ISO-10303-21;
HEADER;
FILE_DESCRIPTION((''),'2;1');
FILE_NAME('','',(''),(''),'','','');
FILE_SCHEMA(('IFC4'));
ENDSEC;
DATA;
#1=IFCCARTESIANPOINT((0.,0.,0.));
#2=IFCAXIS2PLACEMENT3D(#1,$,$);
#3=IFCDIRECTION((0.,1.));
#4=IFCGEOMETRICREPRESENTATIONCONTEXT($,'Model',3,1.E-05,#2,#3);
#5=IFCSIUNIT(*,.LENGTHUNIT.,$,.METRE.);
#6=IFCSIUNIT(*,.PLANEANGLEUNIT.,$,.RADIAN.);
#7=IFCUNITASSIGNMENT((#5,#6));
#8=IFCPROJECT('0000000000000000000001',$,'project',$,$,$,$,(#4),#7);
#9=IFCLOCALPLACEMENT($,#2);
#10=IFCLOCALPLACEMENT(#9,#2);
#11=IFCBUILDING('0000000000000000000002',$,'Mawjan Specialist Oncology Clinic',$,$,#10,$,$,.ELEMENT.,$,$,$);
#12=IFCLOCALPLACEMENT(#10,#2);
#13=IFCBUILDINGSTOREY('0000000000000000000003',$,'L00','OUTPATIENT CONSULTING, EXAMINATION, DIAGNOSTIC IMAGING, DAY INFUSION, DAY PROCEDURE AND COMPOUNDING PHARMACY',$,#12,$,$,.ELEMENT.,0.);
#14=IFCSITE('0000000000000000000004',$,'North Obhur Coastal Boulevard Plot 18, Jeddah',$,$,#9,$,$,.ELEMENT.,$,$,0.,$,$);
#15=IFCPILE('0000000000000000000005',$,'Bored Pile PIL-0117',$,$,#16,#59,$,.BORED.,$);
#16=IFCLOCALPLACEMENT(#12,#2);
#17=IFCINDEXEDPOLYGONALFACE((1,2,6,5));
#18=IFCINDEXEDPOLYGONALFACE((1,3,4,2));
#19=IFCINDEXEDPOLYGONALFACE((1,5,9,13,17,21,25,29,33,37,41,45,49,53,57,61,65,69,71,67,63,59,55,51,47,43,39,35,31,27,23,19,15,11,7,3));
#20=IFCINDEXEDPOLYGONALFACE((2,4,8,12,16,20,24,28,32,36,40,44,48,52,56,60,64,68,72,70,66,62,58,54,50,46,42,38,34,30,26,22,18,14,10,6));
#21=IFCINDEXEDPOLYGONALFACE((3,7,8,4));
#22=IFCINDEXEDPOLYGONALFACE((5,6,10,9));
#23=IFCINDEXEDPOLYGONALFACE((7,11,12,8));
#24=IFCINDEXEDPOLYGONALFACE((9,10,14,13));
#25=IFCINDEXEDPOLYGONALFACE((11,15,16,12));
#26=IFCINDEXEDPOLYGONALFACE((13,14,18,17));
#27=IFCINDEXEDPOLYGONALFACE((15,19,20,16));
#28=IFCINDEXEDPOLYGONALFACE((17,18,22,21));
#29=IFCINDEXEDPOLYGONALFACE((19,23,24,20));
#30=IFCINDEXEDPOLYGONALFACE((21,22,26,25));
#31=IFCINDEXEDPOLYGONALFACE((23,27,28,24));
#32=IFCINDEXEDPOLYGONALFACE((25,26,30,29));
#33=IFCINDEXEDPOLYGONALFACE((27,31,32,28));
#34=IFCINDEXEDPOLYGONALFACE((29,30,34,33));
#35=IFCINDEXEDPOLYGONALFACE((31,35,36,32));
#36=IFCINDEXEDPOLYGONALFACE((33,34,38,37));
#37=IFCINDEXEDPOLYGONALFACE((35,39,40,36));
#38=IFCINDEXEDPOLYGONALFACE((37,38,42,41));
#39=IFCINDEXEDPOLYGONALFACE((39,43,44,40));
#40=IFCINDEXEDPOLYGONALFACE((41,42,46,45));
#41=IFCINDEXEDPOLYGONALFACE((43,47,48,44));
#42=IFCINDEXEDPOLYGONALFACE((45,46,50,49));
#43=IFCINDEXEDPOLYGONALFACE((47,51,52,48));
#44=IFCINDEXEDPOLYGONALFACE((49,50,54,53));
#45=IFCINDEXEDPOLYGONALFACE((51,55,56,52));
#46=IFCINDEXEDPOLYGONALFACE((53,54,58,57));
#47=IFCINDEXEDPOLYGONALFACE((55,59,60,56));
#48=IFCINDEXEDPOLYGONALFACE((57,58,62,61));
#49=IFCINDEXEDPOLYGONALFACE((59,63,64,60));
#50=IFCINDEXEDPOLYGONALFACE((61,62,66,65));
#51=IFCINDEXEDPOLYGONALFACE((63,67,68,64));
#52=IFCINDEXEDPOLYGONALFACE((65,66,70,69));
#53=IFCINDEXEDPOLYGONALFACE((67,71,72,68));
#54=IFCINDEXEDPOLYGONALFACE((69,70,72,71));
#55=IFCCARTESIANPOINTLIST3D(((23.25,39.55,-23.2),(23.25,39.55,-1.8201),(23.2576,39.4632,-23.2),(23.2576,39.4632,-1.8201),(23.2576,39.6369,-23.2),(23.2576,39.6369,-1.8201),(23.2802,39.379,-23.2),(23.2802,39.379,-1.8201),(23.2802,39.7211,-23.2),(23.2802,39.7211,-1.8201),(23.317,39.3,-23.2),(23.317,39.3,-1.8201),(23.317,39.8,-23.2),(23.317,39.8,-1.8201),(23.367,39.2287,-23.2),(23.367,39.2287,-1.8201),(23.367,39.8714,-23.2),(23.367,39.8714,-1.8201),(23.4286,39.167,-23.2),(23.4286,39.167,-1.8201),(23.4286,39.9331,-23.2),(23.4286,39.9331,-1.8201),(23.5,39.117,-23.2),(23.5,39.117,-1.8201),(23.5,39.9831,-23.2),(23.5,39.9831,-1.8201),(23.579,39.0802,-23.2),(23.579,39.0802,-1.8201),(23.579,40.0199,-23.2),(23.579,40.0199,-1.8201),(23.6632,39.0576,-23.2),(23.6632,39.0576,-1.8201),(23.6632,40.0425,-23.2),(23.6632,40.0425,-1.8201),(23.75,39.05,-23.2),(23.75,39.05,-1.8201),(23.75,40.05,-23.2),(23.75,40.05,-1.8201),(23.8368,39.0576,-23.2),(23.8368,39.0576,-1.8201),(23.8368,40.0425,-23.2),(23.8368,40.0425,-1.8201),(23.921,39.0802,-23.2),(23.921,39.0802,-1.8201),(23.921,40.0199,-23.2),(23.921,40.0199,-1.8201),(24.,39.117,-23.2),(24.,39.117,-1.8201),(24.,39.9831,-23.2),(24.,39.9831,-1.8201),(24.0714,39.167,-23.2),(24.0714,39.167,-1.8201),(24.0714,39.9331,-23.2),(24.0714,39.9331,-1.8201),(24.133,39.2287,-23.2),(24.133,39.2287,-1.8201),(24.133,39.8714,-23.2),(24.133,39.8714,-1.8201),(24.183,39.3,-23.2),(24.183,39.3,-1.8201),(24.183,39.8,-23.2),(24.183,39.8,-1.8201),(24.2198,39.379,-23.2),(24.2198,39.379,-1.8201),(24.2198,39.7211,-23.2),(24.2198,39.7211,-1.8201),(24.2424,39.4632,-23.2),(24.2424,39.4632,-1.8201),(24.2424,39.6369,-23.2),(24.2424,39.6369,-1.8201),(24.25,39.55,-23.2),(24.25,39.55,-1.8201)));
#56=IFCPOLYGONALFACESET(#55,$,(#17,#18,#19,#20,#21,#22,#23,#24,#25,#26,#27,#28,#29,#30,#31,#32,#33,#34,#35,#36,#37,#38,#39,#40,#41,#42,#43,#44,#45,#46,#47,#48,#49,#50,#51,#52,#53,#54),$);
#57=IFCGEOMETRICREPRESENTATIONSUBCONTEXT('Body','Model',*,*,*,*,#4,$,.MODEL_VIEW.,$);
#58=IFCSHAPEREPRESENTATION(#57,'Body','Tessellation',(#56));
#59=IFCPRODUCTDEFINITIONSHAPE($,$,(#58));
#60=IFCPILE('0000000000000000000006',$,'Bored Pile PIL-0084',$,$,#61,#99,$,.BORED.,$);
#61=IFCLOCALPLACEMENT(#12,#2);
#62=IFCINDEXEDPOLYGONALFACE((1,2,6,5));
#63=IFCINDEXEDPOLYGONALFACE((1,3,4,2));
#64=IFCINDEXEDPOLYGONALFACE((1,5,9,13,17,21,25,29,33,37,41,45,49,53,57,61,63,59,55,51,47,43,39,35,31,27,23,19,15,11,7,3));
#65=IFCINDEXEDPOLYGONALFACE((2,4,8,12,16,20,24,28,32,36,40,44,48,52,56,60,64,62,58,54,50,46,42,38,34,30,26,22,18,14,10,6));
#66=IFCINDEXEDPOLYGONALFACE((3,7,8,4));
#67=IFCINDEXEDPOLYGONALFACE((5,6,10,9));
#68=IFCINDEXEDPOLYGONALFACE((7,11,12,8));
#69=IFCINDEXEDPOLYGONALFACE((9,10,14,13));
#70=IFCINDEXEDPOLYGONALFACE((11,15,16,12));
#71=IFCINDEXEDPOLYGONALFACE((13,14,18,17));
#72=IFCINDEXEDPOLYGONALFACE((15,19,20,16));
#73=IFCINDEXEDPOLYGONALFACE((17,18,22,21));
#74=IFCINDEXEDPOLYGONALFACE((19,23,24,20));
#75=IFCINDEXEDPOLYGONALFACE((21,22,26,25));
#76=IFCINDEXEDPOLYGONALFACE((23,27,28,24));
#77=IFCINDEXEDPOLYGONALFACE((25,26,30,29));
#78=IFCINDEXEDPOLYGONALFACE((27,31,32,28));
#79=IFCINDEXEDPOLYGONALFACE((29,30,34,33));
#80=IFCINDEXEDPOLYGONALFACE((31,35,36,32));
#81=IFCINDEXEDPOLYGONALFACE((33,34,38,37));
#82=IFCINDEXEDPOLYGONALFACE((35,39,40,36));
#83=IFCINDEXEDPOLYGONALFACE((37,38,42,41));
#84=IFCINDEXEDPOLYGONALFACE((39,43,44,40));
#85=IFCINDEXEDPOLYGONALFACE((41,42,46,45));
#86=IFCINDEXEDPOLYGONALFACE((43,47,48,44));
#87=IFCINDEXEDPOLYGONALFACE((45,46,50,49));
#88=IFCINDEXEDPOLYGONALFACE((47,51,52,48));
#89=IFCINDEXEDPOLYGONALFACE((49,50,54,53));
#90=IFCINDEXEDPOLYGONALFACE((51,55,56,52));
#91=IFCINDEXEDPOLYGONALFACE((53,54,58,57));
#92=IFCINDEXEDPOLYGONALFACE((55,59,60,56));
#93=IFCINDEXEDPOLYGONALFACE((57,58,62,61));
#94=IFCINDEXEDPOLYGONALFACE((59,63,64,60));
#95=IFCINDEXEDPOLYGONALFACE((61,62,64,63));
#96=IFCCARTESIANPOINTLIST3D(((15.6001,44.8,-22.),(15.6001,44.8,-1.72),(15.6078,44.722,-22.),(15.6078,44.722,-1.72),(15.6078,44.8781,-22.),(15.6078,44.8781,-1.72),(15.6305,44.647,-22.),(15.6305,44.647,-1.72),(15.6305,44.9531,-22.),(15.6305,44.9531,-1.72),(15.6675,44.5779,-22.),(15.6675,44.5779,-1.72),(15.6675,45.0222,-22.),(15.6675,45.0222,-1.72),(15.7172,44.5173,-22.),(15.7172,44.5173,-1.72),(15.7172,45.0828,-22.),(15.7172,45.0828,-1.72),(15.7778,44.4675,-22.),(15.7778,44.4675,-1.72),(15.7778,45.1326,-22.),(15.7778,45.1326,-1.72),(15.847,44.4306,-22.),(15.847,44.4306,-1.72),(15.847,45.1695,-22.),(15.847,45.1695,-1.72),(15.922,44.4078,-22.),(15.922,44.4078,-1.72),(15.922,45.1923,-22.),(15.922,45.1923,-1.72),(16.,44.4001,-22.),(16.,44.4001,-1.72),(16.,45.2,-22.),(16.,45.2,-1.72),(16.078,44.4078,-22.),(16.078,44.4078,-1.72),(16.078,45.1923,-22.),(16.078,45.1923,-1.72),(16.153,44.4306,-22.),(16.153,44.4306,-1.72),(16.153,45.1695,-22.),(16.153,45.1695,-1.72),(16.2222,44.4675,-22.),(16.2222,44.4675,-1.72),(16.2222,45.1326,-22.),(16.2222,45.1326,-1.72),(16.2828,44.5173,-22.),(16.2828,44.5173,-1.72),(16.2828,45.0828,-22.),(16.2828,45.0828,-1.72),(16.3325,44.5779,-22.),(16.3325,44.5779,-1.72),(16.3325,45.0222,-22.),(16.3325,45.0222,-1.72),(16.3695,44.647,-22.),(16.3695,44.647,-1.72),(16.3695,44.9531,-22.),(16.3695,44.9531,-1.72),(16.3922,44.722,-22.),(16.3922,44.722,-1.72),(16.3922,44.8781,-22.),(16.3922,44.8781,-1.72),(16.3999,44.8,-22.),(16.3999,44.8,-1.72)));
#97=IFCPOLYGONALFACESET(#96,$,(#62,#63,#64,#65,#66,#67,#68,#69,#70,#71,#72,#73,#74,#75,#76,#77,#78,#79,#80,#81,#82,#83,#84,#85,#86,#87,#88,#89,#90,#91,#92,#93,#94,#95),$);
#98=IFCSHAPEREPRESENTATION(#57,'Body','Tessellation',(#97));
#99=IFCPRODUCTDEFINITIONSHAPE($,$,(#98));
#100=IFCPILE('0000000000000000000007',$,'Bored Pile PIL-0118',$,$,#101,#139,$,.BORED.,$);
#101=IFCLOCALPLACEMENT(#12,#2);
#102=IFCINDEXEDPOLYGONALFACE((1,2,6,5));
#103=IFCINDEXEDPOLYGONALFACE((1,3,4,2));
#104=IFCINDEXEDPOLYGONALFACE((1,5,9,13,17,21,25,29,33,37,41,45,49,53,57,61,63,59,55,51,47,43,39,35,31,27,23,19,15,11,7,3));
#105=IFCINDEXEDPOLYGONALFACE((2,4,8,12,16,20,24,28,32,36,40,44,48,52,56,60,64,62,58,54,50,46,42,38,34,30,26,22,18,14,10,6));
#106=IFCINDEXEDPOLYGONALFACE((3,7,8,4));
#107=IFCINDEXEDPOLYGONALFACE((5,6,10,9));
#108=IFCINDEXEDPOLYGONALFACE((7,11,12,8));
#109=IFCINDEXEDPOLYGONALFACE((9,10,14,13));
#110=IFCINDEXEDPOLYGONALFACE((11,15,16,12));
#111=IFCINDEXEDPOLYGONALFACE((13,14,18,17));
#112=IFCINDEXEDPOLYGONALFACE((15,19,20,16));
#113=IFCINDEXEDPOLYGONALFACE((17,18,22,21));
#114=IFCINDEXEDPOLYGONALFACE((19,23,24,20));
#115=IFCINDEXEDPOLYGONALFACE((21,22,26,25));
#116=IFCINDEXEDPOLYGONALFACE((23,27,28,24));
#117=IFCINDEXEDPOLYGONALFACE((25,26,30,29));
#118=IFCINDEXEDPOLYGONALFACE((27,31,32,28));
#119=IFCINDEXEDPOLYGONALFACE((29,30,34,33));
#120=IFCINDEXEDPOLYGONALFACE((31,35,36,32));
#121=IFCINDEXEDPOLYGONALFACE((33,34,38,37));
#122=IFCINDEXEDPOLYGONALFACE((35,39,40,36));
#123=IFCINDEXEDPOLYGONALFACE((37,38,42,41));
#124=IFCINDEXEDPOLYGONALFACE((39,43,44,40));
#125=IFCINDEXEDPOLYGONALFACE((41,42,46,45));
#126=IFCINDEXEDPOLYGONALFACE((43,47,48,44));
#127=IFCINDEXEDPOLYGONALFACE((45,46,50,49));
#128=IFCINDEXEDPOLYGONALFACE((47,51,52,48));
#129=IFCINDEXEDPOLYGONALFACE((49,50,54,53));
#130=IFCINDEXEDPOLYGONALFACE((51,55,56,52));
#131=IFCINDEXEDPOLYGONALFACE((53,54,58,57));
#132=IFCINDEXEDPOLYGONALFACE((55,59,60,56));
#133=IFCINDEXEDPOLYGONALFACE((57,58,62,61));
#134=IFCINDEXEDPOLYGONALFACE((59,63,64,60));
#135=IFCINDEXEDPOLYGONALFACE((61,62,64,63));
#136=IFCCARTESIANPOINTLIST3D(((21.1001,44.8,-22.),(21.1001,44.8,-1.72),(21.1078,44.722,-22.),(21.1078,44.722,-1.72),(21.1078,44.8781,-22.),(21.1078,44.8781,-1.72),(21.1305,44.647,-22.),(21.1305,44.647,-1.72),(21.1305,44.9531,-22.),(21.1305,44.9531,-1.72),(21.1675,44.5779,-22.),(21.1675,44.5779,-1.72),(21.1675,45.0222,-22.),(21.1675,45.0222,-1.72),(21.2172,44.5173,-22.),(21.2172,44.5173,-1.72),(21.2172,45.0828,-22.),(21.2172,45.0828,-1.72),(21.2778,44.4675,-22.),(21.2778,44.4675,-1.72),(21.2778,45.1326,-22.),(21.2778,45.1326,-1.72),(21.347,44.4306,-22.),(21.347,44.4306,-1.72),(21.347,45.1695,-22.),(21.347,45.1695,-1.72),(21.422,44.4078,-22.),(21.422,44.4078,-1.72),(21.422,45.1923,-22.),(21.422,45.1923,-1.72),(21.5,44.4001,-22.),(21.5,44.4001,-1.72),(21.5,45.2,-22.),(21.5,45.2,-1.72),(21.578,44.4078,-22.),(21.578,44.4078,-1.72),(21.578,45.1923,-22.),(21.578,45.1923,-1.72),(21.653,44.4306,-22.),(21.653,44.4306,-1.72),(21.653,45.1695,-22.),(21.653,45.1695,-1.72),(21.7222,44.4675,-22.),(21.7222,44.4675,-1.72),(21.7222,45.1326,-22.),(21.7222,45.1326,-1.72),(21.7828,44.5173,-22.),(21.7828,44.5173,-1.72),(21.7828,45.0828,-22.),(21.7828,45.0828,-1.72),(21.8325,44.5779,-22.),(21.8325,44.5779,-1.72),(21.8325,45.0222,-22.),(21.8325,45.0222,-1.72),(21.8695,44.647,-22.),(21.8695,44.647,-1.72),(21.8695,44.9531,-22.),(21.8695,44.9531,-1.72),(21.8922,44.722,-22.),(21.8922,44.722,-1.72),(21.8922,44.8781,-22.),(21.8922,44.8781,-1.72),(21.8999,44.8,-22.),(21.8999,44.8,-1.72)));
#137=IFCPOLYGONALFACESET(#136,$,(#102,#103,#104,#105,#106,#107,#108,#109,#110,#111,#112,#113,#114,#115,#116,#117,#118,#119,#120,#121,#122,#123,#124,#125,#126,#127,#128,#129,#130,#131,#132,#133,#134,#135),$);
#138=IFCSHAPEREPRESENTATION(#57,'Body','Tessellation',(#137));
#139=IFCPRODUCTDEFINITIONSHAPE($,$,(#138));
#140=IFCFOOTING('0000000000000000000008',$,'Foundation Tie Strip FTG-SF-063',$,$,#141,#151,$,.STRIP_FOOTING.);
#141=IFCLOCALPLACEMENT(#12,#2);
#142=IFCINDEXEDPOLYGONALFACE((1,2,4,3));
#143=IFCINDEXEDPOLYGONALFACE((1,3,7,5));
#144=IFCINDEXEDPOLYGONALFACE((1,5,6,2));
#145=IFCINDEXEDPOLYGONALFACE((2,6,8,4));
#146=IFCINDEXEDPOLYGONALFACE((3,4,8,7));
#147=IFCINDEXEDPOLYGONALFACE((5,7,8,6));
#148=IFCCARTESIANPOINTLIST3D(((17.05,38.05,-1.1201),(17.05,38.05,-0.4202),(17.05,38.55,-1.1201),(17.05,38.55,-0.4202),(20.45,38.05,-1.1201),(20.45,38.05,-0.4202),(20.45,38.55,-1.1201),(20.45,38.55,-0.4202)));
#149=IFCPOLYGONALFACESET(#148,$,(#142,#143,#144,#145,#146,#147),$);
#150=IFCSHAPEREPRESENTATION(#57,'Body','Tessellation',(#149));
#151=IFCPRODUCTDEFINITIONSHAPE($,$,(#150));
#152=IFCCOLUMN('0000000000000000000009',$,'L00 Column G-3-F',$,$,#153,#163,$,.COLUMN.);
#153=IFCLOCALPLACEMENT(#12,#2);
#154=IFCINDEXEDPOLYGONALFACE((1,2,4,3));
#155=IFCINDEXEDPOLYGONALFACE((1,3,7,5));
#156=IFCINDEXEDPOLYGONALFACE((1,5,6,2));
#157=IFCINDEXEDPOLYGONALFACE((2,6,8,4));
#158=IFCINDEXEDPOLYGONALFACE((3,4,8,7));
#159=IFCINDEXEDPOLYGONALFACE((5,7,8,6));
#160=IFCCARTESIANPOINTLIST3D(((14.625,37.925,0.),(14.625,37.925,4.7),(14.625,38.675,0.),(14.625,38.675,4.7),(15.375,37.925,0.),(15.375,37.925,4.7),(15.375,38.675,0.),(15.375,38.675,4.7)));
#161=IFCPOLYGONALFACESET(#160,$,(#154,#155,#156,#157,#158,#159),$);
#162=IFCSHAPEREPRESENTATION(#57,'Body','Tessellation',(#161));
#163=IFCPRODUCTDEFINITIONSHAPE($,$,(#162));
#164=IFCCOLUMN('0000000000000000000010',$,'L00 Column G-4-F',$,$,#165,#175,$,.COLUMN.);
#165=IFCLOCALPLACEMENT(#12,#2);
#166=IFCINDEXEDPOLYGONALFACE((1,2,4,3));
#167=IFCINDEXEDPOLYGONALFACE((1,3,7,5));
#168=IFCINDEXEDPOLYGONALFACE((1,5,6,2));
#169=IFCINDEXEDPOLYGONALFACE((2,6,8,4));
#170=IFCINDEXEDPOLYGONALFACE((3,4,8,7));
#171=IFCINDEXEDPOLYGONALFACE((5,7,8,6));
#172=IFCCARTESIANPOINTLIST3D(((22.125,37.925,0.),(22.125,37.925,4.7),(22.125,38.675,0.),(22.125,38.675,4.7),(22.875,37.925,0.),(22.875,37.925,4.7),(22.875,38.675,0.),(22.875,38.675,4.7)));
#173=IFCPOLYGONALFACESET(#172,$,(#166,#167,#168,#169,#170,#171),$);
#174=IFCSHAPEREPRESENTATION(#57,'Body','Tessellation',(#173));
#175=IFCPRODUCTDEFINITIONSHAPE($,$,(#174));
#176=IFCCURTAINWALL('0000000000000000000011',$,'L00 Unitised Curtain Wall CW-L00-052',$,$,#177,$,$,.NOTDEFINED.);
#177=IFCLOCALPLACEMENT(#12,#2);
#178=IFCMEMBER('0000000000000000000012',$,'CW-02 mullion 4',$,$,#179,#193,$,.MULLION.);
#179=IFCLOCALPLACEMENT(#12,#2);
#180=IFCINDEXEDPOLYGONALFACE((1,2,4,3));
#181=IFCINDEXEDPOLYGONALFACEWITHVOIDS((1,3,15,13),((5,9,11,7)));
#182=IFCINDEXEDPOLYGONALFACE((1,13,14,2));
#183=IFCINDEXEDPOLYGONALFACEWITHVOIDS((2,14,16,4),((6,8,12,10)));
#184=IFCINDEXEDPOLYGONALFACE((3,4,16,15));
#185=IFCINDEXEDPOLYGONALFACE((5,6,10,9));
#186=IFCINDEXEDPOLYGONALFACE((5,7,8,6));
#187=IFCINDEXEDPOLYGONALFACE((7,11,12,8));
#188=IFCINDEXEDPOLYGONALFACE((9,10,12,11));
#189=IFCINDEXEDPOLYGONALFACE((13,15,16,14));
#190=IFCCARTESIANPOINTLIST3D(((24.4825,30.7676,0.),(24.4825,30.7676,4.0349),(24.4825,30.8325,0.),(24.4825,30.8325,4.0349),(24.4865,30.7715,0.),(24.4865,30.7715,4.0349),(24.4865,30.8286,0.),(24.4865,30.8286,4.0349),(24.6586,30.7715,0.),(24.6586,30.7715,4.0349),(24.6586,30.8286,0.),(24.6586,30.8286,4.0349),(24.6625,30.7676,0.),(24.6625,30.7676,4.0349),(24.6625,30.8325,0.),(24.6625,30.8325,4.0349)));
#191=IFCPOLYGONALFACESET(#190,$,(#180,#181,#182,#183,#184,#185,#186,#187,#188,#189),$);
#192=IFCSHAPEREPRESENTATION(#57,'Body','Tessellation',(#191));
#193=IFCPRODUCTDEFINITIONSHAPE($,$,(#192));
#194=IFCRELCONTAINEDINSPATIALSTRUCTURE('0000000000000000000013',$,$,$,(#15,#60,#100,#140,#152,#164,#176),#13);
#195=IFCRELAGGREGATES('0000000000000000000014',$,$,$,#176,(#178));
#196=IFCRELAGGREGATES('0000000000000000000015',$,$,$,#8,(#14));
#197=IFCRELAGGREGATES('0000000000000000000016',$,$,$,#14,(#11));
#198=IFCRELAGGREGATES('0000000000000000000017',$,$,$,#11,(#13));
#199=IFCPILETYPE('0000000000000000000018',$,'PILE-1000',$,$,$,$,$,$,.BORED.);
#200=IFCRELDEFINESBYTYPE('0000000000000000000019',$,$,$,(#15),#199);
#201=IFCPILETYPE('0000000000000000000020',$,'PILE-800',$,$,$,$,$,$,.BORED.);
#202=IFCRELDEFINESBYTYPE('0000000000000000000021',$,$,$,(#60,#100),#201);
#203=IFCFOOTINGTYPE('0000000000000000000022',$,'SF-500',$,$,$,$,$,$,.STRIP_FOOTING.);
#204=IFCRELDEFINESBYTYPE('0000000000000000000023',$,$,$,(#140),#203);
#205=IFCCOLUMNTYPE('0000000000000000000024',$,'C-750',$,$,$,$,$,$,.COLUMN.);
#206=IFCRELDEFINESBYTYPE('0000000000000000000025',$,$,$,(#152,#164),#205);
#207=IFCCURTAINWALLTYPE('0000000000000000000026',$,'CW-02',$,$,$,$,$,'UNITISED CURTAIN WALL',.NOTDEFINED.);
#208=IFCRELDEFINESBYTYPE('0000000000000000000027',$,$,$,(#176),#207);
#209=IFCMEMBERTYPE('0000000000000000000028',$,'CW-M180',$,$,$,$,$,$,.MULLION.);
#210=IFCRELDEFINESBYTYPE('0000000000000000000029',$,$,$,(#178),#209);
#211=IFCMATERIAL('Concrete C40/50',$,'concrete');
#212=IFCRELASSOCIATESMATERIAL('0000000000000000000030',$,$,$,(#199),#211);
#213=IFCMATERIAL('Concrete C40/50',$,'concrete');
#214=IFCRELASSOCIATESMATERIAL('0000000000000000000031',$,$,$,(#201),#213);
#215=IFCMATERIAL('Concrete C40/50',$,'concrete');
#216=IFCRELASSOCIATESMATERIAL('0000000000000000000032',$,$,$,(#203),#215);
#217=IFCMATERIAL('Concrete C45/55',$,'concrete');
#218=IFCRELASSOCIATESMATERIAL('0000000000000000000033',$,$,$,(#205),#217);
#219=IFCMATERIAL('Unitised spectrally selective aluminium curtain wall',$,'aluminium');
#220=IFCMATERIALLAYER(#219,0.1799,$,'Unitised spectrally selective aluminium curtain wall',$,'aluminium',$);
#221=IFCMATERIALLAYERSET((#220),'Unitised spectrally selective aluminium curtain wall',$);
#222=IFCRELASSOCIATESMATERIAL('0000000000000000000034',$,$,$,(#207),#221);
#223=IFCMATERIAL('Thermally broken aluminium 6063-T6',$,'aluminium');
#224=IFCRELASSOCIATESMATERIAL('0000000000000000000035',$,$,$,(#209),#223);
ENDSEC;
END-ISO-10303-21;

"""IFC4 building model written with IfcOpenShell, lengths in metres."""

from ifc_helpers import new_model, si_unit, direction, frame, origin, origin_2d, place, context, subcontext, project, spatial, rectangle, hollow_rectangle, circle, extrude, material, layer, layer_set, material_profile, profile_set, type_object, element, aggregate, save


model = new_model("IFC4")

# Units and contexts
model_context = context("Model", 3, precision=1e-05, world=origin(), true_north=direction((0.0, 1.0)))
body_context = subcontext(model_context, "Body", "Model", "MODEL_VIEW")
ifc_project = project(units=[si_unit("LENGTHUNIT", "METRE"), si_unit("PLANEANGLEUNIT", "RADIAN")], contexts=[model_context])

# Site, building, storey
site_placement = place(None, origin())
site = spatial("IfcSite", under=ifc_project, at=site_placement, Name="North Obhur Coastal Boulevard Plot 18, Jeddah", CompositionType="ELEMENT", RefElevation=0.0)
building_placement = place(site_placement, origin())
building = spatial("IfcBuilding", under=site, at=building_placement, Name="Mawjan Specialist Oncology Clinic", CompositionType="ELEMENT")
storey_placement = place(building_placement, origin())
storey = spatial("IfcBuildingStorey", under=building, at=storey_placement, Name="L00", Description="OUTPATIENT CONSULTING, EXAMINATION, DIAGNOSTIC IMAGING, DAY INFUSION, DAY PROCEDURE AND COMPOUNDING PHARMACY", CompositionType="ELEMENT", Elevation=0.0)

# Piles
ifc_material_1 = material(Name="Concrete C40/50", Category="concrete")
ifc_material_profile_1 = material_profile(ifc_material_1, circle(Radius=0.5, at=origin_2d()), Name="BORED PILE D1000", Category="concrete")
ifc_profile_set_1 = profile_set([ifc_material_profile_1], Name="Concrete C40/50")
pile_type_1 = type_object("IfcPileType", Name="PILE-1000", PredefinedType="BORED", material=ifc_profile_set_1)
for number, where, z_axis, x_axis, name in (
    (1, (23.75, 39.55, -1.8201), (0.0, 0.0, -1.0), (1.0, 0.0, 0.0), "Bored Pile PIL-0117"),
):
    element("IfcPile", number, at=place(storey_placement, frame(where, z_axis=z_axis, x_axis=x_axis)), inside=storey, type_object=pile_type_1, Name=name, PredefinedType="BORED", context=body_context, shape_type="SweptSolid", body=[
        extrude(circle(Radius=0.5, at=origin_2d()), origin(), (0.0, 0.0, 1.0), 21.3799),
    ])
ifc_material_2 = material(Name="Concrete C40/50", Category="concrete")
ifc_material_profile_2 = material_profile(ifc_material_2, circle(Radius=0.3999, at=origin_2d()), Name="BORED PILE D800", Category="concrete")
ifc_profile_set_2 = profile_set([ifc_material_profile_2], Name="Concrete C40/50")
pile_type_2 = type_object("IfcPileType", Name="PILE-800", PredefinedType="BORED", material=ifc_profile_set_2)
for number, where, z_axis, x_axis, name in (
    (2, (16.0, 44.8, -1.72), (0.0, 0.0, -1.0), (1.0, 0.0, 0.0), "Bored Pile PIL-0084"),
    (3, (21.5, 44.8, -1.72), (0.0, 0.0, -1.0), (1.0, 0.0, 0.0), "Bored Pile PIL-0118"),
):
    element("IfcPile", number, at=place(storey_placement, frame(where, z_axis=z_axis, x_axis=x_axis)), inside=storey, type_object=pile_type_2, Name=name, PredefinedType="BORED", context=body_context, shape_type="SweptSolid", body=[
        extrude(circle(Radius=0.3999, at=origin_2d()), origin(), (0.0, 0.0, 1.0), 20.28),
    ])

# Footing
ifc_material_3 = material(Name="Concrete C40/50", Category="concrete")
footing_type_1 = type_object("IfcFootingType", Name="SF-500", PredefinedType="STRIP_FOOTING", material=ifc_material_3)
footing_placement = place(storey_placement, frame((18.75, 38.3, -1.1201), z_axis=(0.0, 0.0, 1.0), x_axis=(1.0, 0.0, 0.0)))
element("IfcFooting", 4, at=footing_placement, inside=storey, type_object=footing_type_1, Name="Foundation Tie Strip FTG-SF-063", PredefinedType="STRIP_FOOTING", context=body_context, shape_type="SweptSolid", body=[
    extrude(rectangle(XDim=3.3999, YDim=0.5, at=origin_2d()), origin(), (0.0, 0.0, 1.0), 0.7),
])

# Columns
ifc_material_4 = material(Name="Concrete C45/55", Category="concrete")
ifc_material_profile_3 = material_profile(ifc_material_4, rectangle(XDim=0.75, YDim=0.75, at=origin_2d()), Name="RC COL 750x750", Category="concrete")
ifc_profile_set_3 = profile_set([ifc_material_profile_3], Name="Concrete C45/55")
column_type = type_object("IfcColumnType", Name="C-750", PredefinedType="COLUMN", material=ifc_profile_set_3)
for number, where, z_axis, x_axis, name in (
    (5, (15.0, 38.3, 0.0), (0.0, 0.0, 1.0), (1.0, 0.0, 0.0), "L00 Column G-3-F"),
    (6, (22.5, 38.3, 0.0), (0.0, 0.0, 1.0), (1.0, 0.0, 0.0), "L00 Column G-4-F"),
):
    element("IfcColumn", number, at=place(storey_placement, frame(where, z_axis=z_axis, x_axis=x_axis)), inside=storey, type_object=column_type, Name=name, PredefinedType="COLUMN", context=body_context, shape_type="SweptSolid", body=[
        extrude(rectangle(XDim=0.75, YDim=0.75, at=origin_2d()), origin(), (0.0, 0.0, 1.0), 4.7),
    ])

# Curtain wall, member
ifc_material_5 = material(Name="Unitised spectrally selective aluminium curtain wall", Category="aluminium")
ifc_layer_1 = layer(ifc_material_5, 0.1799, Name="Unitised spectrally selective aluminium curtain wall", Category="aluminium")
ifc_layer_set_1 = layer_set([ifc_layer_1], Name="Unitised spectrally selective aluminium curtain wall")
curtain_wall_type = type_object("IfcCurtainWallType", Name="CW-02", ElementType="UNITISED CURTAIN WALL", PredefinedType="NOTDEFINED", material=ifc_layer_set_1)
curtain_wall_placement = place(storey_placement, origin())
curtain_wall = element("IfcCurtainWall", 7, at=curtain_wall_placement, inside=storey, type_object=curtain_wall_type, Name="L00 Unitised Curtain Wall CW-L00-052", PredefinedType="NOTDEFINED")
ifc_material_6 = material(Name="Thermally broken aluminium 6063-T6", Category="aluminium")
ifc_material_profile_4 = material_profile(ifc_material_6, hollow_rectangle(XDim=0.0649, YDim=0.1799, WallThickness=0.0039, at=origin_2d()), Name="ALU MULLION 180x65x4", Category="aluminium")
ifc_profile_set_4 = profile_set([ifc_material_profile_4], Name="Thermally broken aluminium 6063-T6")
member_type_1 = type_object("IfcMemberType", Name="CW-M180", PredefinedType="MULLION", material=ifc_profile_set_4)
member_1_placement = place(storey_placement, frame((24.5725, 30.8, 0.0), z_axis=(0.0, 0.0, 1.0), x_axis=(0.0, -1.0, 0.0)))
member_1 = element("IfcMember", 8, at=member_1_placement, type_object=member_type_1, Name="CW-02 mullion 4", PredefinedType="MULLION", context=body_context, shape_type="SweptSolid", body=[
    extrude(hollow_rectangle(XDim=0.0649, YDim=0.1799, WallThickness=0.0039, at=origin_2d()), origin(), (0.0, 0.0, 1.0), 4.0349),
])
aggregate(curtain_wall, [member_1])

save(model, "model.ifc")
